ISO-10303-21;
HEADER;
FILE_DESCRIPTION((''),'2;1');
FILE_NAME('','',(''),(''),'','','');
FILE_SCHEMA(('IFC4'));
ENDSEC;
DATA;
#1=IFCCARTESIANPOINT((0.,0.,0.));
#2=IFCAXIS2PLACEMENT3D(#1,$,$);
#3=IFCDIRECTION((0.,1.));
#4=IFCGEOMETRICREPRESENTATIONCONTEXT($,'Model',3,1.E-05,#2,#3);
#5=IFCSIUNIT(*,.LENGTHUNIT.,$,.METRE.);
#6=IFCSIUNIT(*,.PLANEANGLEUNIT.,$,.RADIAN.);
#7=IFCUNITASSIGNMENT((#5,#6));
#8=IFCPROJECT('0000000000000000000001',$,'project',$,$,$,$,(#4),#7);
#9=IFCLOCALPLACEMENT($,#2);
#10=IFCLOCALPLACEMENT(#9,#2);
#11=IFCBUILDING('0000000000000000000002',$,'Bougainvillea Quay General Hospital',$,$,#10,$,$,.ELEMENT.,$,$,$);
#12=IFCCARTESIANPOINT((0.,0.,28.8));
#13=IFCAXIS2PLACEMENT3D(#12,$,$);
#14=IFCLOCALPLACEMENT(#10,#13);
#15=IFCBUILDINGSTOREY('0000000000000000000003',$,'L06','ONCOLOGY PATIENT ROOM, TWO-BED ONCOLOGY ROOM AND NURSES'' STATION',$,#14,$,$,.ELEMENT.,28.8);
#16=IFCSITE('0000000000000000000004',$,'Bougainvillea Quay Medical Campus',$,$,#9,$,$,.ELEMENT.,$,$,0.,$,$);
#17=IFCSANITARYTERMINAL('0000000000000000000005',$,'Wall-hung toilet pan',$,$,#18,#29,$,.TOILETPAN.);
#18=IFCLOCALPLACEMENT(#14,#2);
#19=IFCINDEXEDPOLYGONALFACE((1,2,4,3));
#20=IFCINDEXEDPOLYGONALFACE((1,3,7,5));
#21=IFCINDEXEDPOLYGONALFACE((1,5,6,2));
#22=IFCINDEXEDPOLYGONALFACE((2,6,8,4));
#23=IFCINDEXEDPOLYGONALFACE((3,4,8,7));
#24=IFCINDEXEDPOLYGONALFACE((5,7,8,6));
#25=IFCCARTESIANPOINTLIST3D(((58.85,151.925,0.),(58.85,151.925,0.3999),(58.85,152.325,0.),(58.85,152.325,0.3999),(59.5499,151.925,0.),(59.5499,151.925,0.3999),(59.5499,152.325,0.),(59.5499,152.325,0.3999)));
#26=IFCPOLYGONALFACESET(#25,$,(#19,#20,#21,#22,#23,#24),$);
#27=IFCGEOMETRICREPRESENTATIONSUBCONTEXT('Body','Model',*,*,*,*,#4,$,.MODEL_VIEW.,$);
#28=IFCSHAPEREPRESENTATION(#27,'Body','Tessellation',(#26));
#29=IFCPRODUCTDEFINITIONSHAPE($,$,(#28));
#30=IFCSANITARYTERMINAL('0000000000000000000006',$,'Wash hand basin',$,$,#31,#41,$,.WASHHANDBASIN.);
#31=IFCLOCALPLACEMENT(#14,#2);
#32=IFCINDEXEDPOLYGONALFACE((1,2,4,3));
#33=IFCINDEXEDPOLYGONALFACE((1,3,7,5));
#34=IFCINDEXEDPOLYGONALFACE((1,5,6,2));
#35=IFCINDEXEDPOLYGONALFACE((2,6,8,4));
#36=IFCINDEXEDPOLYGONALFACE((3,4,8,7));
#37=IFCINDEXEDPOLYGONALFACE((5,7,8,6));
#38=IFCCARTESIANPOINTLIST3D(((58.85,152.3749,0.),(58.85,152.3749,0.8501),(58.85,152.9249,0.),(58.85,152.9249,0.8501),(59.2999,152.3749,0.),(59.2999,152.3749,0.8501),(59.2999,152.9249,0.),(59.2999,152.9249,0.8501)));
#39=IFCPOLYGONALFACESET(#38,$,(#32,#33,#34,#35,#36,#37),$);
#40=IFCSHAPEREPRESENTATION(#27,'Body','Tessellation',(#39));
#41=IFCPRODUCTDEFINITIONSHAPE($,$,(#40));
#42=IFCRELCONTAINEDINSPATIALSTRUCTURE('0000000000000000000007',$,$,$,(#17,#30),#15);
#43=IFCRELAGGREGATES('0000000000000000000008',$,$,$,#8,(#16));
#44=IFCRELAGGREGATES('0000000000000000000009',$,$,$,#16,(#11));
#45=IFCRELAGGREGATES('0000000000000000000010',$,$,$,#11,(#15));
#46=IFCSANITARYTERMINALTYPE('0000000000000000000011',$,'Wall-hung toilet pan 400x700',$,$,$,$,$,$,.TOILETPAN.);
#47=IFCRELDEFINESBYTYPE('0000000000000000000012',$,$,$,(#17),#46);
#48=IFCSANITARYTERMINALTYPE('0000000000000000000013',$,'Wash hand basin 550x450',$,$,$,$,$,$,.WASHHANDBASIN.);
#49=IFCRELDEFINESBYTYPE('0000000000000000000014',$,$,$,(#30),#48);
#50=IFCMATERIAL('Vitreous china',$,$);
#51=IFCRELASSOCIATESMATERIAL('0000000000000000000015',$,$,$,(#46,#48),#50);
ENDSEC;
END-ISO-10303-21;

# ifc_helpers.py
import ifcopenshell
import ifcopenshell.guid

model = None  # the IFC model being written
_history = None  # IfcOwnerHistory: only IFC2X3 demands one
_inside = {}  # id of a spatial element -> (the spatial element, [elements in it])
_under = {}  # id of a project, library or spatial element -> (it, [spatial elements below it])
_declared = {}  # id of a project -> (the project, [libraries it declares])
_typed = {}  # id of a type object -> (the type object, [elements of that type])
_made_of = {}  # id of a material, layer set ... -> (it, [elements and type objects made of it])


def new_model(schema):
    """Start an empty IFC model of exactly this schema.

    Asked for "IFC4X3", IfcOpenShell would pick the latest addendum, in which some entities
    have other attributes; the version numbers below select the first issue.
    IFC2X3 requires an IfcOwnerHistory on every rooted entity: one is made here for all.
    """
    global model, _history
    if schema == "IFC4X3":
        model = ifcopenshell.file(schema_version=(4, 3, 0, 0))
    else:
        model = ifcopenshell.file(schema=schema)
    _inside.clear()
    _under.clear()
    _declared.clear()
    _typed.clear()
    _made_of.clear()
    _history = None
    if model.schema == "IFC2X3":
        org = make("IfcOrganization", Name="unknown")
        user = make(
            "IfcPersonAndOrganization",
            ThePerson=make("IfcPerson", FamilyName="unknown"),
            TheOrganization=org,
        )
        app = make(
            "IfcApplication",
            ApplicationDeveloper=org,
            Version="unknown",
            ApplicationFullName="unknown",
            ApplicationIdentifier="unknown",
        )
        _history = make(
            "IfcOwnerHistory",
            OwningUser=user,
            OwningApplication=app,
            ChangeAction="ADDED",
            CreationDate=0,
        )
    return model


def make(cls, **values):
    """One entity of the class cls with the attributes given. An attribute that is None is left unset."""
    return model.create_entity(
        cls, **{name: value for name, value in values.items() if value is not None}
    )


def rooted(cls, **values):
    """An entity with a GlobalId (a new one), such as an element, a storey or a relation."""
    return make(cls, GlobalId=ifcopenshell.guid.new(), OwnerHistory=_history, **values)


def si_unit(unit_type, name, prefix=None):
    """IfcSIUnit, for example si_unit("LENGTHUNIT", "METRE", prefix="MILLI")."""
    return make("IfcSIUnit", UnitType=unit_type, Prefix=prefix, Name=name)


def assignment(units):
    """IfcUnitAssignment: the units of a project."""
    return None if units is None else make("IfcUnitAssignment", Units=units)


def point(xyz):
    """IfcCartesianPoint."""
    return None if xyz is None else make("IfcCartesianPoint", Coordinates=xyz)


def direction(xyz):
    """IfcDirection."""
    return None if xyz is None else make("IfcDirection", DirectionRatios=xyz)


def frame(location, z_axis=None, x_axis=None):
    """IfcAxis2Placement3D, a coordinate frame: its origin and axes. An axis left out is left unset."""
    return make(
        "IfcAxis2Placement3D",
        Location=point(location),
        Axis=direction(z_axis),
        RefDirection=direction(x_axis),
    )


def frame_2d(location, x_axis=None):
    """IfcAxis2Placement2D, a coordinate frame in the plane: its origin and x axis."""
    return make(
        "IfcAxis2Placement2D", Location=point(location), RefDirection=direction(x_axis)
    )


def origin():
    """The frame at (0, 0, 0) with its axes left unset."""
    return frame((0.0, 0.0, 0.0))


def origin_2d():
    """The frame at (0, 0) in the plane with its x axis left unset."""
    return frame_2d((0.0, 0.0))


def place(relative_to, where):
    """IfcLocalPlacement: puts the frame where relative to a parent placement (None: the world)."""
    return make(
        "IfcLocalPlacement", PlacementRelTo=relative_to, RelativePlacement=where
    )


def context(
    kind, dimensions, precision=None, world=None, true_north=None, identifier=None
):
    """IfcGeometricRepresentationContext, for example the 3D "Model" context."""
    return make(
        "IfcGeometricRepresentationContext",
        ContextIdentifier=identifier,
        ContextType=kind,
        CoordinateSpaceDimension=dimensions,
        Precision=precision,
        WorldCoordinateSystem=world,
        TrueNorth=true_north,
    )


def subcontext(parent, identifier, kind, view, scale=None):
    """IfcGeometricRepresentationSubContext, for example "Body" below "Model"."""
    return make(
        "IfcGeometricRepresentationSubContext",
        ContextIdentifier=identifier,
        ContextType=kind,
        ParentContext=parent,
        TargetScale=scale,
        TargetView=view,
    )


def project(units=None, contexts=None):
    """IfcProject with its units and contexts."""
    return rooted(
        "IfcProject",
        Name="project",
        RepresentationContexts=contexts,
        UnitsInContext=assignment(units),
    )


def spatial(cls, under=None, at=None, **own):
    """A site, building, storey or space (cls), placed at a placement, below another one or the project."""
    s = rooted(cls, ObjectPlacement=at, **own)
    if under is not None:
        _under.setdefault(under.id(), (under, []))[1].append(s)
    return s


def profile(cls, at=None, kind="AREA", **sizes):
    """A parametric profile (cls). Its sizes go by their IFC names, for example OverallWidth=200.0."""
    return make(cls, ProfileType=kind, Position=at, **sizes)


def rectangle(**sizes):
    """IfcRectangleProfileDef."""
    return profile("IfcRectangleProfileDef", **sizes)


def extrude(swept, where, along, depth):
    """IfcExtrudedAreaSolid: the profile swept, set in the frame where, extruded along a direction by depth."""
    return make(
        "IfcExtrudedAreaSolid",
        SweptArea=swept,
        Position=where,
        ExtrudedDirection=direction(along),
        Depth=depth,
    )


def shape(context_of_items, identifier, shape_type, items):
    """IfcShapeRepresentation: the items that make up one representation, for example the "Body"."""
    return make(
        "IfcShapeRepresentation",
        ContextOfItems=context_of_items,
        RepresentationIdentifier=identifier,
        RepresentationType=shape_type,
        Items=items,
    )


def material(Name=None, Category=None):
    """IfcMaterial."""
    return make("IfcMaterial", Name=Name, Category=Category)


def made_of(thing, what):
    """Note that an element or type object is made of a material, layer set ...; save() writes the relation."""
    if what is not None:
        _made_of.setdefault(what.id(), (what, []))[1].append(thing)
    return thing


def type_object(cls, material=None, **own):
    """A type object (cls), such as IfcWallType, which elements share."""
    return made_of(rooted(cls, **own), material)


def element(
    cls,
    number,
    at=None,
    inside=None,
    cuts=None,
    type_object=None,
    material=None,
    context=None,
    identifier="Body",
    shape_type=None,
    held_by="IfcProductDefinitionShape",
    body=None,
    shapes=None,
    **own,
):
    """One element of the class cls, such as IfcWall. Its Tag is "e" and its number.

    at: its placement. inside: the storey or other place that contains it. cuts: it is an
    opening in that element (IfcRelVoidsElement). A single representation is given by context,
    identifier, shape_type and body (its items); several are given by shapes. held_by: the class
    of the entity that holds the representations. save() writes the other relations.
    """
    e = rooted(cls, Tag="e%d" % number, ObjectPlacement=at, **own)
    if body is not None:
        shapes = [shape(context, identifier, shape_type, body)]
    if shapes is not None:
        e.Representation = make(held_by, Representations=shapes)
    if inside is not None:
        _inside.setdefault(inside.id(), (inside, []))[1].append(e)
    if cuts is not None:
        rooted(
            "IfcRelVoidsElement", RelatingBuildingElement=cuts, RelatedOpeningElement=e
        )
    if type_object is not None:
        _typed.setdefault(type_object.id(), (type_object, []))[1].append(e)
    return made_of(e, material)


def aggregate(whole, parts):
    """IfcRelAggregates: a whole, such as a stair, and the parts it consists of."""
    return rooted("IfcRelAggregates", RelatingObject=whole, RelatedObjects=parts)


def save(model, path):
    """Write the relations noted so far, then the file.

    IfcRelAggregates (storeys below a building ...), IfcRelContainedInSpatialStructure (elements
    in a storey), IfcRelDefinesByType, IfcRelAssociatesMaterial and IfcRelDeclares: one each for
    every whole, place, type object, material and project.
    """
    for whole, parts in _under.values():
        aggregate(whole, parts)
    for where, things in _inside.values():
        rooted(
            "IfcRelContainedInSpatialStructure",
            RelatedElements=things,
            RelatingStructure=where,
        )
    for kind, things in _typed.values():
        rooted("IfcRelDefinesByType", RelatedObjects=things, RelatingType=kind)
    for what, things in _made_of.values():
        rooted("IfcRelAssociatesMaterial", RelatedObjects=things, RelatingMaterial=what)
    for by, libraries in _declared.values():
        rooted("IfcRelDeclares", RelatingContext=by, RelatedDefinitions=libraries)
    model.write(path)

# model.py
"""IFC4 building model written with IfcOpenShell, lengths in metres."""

from ifc_helpers import new_model, si_unit, direction, frame, origin, origin_2d, place, context, subcontext, project, spatial, rectangle, extrude, material, type_object, element, save


model = new_model("IFC4")

# Units and contexts
model_context = context("Model", 3, precision=1e-05, world=origin(), true_north=direction((0.0, 1.0)))
body_context = subcontext(model_context, "Body", "Model", "MODEL_VIEW")
ifc_project = project(units=[si_unit("LENGTHUNIT", "METRE"), si_unit("PLANEANGLEUNIT", "RADIAN")], contexts=[model_context])

# Site, building, storey
site_placement = place(None, origin())
site = spatial("IfcSite", under=ifc_project, at=site_placement, Name="Bougainvillea Quay Medical Campus", CompositionType="ELEMENT", RefElevation=0.0)
building_placement = place(site_placement, origin())
building = spatial("IfcBuilding", under=site, at=building_placement, Name="Bougainvillea Quay General Hospital", CompositionType="ELEMENT")
storey_placement = place(building_placement, frame((0.0, 0.0, 28.8)))
storey = spatial("IfcBuildingStorey", under=building, at=storey_placement, Name="L06", Description="ONCOLOGY PATIENT ROOM, TWO-BED ONCOLOGY ROOM AND NURSES' STATION", CompositionType="ELEMENT", Elevation=28.8)

# Sanitary terminals
ifc_material_1 = material(Name="Vitreous china")
sanitary_terminal_type_1 = type_object("IfcSanitaryTerminalType", Name="Wall-hung toilet pan 400x700", PredefinedType="TOILETPAN", material=ifc_material_1)
sanitary_terminal_1_placement = place(storey_placement, frame((59.2, 152.125, 0.0), z_axis=(0.0, 0.0, 1.0), x_axis=(0.0, 1.0, 0.0)))
element("IfcSanitaryTerminal", 1, at=sanitary_terminal_1_placement, inside=storey, type_object=sanitary_terminal_type_1, Name="Wall-hung toilet pan", PredefinedType="TOILETPAN", context=body_context, shape_type="SweptSolid", body=[
    extrude(rectangle(XDim=0.3999, YDim=0.7, at=origin_2d()), origin(), (0.0, 0.0, 1.0), 0.3999),
])
sanitary_terminal_type_2 = type_object("IfcSanitaryTerminalType", Name="Wash hand basin 550x450", PredefinedType="WASHHANDBASIN", material=ifc_material_1)
sanitary_terminal_2_placement = place(storey_placement, frame((59.075, 152.6499, 0.0), z_axis=(0.0, 0.0, 1.0), x_axis=(0.0, 1.0, 0.0)))
element("IfcSanitaryTerminal", 2, at=sanitary_terminal_2_placement, inside=storey, type_object=sanitary_terminal_type_2, Name="Wash hand basin", PredefinedType="WASHHANDBASIN", context=body_context, shape_type="SweptSolid", body=[
    extrude(rectangle(XDim=0.55, YDim=0.45, at=origin_2d()), origin(), (0.0, 0.0, 1.0), 0.8501),
])

save(model, "model.ifc")
